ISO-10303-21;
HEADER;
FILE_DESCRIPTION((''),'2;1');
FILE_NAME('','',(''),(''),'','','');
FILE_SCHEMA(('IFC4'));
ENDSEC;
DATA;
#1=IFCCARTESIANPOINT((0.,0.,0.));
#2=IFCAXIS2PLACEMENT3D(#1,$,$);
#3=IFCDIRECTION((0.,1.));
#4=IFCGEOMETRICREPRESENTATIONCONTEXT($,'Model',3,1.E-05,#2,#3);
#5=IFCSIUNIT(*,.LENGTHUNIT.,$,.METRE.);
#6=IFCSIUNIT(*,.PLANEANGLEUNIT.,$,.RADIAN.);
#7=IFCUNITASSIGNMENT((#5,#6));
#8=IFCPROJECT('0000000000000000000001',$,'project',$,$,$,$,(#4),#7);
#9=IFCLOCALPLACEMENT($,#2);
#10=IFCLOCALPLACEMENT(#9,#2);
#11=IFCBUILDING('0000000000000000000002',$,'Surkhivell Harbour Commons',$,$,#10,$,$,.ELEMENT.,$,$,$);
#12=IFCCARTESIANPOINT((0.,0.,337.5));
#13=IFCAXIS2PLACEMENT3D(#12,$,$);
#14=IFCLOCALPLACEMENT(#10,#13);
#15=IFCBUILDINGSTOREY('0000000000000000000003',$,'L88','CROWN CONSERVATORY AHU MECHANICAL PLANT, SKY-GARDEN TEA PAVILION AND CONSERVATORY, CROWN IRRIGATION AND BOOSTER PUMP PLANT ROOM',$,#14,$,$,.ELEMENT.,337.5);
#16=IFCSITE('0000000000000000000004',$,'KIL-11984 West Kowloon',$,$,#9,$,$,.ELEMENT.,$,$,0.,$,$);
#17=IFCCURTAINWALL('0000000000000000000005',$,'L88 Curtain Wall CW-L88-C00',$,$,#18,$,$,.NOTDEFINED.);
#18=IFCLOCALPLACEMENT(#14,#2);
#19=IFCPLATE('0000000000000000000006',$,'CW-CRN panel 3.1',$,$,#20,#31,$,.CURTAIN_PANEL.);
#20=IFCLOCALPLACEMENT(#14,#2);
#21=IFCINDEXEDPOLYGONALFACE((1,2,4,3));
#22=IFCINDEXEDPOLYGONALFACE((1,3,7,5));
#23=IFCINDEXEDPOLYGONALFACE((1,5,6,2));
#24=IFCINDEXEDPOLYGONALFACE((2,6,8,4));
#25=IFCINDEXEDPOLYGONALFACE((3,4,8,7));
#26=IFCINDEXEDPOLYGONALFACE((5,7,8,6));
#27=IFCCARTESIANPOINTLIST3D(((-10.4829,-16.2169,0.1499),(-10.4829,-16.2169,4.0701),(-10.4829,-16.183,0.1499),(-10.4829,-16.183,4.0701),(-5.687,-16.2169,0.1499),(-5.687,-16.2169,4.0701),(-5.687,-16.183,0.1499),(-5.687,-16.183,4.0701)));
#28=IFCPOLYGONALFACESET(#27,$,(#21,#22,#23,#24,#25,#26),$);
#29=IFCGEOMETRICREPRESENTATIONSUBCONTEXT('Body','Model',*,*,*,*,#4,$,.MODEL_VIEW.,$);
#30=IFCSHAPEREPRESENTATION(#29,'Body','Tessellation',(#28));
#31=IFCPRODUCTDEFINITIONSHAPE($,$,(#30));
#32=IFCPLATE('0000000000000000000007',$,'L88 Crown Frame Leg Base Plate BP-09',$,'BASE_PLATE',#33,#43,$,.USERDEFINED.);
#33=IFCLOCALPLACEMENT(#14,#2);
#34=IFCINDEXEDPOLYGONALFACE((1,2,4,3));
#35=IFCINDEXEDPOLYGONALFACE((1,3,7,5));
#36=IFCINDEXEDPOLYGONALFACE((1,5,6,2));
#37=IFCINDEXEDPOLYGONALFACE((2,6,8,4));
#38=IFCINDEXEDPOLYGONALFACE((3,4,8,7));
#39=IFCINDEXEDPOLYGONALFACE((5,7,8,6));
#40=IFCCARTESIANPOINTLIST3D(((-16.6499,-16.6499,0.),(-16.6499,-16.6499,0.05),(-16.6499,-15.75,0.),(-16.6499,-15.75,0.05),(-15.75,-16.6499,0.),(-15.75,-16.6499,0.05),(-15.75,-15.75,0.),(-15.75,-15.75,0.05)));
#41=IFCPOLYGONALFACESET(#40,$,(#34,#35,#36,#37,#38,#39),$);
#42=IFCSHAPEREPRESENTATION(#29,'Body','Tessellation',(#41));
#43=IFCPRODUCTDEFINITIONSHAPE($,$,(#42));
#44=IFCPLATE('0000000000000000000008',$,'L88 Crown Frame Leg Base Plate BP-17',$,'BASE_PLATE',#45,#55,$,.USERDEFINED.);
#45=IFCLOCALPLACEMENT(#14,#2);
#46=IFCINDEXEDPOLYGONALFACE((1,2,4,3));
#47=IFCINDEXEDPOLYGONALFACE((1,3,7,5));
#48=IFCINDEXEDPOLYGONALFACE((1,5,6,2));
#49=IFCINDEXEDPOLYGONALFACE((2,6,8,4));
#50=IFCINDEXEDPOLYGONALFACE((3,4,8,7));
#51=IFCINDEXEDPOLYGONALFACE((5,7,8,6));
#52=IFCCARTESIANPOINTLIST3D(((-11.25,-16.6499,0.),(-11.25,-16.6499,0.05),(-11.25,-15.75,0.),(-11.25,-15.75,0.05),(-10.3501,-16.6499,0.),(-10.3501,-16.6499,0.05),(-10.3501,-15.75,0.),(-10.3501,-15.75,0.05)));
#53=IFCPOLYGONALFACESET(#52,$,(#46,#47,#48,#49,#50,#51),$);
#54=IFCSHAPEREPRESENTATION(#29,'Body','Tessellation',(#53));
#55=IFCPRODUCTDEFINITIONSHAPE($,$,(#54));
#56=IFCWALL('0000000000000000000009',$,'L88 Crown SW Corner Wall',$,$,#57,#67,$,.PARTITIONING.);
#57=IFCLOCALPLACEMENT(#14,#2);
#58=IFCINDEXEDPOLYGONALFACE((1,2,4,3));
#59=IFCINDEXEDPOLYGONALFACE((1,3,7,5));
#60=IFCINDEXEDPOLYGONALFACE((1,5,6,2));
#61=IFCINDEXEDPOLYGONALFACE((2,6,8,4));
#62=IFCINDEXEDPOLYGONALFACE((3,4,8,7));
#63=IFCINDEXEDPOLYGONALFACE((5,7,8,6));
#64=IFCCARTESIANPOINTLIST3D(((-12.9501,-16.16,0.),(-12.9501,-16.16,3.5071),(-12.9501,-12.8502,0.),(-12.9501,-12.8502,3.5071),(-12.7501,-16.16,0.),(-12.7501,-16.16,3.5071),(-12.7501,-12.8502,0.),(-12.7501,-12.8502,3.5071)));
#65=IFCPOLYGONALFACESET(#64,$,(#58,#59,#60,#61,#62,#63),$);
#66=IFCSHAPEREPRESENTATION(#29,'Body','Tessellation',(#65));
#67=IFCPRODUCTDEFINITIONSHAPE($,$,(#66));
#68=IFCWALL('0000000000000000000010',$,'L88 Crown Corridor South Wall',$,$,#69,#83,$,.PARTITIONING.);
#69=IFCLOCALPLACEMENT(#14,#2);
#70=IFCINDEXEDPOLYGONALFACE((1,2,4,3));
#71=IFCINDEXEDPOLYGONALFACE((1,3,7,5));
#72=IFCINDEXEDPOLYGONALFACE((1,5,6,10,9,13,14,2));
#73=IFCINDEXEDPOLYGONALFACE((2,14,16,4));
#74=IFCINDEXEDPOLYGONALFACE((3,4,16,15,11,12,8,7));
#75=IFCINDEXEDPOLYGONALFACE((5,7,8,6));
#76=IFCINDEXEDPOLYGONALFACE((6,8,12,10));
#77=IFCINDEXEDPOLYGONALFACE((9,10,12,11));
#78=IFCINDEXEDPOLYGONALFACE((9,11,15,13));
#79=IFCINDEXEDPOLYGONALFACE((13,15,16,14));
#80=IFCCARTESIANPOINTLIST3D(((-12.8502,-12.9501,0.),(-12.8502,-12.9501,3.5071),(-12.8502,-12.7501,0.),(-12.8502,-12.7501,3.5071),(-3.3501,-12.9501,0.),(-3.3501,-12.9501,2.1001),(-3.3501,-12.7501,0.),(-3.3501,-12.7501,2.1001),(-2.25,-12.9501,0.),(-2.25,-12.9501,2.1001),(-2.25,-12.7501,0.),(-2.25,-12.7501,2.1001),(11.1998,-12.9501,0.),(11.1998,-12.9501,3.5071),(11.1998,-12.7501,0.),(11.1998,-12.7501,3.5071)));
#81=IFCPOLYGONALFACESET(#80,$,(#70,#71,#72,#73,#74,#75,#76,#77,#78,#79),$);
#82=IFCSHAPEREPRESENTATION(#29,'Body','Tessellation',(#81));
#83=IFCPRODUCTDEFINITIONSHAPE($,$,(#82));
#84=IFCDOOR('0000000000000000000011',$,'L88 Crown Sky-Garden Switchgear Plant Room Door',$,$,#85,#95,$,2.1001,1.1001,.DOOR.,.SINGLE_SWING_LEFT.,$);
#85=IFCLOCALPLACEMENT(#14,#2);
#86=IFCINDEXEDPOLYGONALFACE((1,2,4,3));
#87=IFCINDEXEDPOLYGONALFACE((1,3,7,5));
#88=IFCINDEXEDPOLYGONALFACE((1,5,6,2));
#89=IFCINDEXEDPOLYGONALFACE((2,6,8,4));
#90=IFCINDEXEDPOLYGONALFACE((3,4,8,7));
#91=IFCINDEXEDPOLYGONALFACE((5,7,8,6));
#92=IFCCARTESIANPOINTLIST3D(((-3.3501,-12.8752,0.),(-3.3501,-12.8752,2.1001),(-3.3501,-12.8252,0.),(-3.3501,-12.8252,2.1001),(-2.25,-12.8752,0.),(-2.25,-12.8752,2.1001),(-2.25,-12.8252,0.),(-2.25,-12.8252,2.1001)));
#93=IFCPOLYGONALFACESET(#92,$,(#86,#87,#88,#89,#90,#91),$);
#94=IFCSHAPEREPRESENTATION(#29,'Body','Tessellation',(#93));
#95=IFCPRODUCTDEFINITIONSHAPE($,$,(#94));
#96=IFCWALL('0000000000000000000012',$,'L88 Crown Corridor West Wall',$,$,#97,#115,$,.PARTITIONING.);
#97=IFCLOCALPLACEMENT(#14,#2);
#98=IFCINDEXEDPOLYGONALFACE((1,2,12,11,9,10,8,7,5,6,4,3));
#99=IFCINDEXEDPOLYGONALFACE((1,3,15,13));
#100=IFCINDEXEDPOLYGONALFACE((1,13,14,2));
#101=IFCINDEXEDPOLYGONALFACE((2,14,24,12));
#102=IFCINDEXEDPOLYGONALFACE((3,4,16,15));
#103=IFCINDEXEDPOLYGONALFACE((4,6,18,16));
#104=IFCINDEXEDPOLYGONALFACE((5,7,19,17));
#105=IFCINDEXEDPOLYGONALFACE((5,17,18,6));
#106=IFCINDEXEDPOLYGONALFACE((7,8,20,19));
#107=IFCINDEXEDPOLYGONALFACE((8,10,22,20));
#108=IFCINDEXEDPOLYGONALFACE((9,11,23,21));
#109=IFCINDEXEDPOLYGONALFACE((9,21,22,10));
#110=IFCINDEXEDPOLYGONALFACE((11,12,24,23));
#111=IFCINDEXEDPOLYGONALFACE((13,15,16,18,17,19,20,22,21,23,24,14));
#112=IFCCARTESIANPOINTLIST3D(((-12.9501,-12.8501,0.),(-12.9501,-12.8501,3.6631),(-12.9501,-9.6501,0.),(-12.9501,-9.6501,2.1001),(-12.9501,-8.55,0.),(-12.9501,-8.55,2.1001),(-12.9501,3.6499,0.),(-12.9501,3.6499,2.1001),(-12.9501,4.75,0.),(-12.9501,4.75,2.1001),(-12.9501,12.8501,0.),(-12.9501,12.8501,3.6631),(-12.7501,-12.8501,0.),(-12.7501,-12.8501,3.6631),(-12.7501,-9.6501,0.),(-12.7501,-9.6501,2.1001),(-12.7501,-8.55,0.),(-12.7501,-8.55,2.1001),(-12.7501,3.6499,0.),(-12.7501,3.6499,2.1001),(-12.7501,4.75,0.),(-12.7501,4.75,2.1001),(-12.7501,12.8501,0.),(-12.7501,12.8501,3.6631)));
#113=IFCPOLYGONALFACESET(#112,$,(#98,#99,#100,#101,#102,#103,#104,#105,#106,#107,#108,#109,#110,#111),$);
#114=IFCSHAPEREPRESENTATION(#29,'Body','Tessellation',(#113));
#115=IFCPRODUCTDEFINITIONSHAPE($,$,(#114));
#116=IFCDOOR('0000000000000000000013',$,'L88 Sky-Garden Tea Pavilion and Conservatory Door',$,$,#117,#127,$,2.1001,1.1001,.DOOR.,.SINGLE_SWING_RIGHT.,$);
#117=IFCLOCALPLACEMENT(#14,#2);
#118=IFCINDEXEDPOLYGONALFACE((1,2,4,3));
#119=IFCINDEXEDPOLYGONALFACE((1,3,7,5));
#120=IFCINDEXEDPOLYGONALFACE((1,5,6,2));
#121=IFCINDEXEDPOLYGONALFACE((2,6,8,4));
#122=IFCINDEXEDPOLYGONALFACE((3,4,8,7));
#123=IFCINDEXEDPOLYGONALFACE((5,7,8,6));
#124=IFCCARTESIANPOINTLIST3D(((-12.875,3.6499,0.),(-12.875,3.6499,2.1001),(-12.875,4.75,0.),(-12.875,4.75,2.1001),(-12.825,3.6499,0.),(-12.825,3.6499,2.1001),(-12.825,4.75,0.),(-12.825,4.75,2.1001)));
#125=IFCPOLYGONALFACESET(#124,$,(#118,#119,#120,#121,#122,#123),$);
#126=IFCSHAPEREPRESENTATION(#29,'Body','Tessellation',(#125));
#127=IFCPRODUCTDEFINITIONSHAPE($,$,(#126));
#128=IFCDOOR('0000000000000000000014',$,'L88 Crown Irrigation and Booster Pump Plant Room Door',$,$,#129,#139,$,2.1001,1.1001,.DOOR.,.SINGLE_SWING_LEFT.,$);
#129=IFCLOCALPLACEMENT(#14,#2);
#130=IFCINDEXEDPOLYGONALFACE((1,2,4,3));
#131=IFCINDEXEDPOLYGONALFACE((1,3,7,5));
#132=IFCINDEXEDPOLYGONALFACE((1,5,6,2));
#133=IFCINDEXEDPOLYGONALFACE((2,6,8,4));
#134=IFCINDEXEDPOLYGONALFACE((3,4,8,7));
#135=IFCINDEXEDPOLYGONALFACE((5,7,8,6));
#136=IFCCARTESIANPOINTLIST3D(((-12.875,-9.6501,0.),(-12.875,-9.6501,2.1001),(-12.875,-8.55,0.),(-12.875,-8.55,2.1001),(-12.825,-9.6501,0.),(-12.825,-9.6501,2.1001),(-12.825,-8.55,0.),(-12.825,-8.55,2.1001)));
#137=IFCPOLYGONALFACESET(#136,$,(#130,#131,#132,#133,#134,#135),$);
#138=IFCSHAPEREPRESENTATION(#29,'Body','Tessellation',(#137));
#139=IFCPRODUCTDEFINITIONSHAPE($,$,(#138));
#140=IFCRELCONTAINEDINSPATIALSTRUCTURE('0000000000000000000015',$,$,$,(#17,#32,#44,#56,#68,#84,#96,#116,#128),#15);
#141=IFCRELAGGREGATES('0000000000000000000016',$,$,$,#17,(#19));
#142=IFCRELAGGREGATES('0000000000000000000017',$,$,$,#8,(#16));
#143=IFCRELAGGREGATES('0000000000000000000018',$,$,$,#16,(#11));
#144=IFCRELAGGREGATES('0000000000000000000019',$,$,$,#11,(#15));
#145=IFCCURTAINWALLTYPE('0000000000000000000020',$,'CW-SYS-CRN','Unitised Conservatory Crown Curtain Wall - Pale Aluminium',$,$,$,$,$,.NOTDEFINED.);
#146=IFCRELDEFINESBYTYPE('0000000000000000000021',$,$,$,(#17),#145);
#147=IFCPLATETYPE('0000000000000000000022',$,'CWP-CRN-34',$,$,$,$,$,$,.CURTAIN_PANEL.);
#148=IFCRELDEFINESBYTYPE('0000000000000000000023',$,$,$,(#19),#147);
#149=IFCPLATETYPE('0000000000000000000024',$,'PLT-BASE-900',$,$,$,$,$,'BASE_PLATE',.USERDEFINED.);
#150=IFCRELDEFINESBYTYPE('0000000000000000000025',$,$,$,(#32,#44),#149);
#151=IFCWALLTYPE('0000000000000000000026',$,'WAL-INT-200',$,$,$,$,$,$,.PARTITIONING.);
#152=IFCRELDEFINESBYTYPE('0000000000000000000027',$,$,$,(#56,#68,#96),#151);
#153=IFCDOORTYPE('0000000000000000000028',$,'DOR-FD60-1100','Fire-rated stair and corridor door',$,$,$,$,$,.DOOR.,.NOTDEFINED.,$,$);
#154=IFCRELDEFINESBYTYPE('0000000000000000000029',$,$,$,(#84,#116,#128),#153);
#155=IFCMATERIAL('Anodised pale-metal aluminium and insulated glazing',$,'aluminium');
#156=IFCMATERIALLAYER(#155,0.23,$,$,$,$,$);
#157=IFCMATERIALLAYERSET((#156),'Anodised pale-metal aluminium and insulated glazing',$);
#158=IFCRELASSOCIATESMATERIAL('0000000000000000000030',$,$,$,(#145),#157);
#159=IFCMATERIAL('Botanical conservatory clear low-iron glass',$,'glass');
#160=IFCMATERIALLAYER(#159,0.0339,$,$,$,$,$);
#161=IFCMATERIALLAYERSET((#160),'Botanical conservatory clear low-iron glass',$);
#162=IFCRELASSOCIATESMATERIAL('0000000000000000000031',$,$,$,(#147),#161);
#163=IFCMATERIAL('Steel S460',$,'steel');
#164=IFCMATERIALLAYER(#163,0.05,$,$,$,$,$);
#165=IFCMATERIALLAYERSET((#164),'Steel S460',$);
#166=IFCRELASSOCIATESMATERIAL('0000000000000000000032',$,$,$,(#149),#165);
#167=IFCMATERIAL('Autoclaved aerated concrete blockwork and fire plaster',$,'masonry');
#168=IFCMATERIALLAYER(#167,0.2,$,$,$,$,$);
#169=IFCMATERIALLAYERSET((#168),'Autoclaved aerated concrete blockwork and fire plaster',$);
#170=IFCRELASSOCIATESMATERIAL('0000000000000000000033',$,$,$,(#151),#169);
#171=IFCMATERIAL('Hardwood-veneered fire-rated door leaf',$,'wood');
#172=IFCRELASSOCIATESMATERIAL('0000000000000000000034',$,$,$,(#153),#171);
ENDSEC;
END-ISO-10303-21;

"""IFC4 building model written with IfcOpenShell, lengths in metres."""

from ifc_helpers import new_model, si_unit, direction, frame, frame_2d, origin, origin_2d, place, context, subcontext, project, spatial, rectangle, extrude, material, layer, layer_set, type_object, element, fill, aggregate, save


model = new_model("IFC4")

# Units and contexts
model_context = context("Model", 3, precision=1e-05, world=origin(), true_north=direction((0.0, 1.0)))
body_context = subcontext(model_context, "Body", "Model", "MODEL_VIEW")
ifc_project = project(units=[si_unit("LENGTHUNIT", "METRE"), si_unit("PLANEANGLEUNIT", "RADIAN")], contexts=[model_context])

# Site, building, storey
site_placement = place(None, origin())
site = spatial("IfcSite", under=ifc_project, at=site_placement, Name="KIL-11984 West Kowloon", CompositionType="ELEMENT", RefElevation=0.0)
building_placement = place(site_placement, origin())
building = spatial("IfcBuilding", under=site, at=building_placement, Name="Surkhivell Harbour Commons", CompositionType="ELEMENT")
storey_placement = place(building_placement, frame((0.0, 0.0, 337.5)))
storey = spatial("IfcBuildingStorey", under=building, at=storey_placement, Name="L88", Description="CROWN CONSERVATORY AHU MECHANICAL PLANT, SKY-GARDEN TEA PAVILION AND CONSERVATORY, CROWN IRRIGATION AND BOOSTER PUMP PLANT ROOM", CompositionType="ELEMENT", Elevation=337.5)

# Shared definitions
ifc_material_1 = material(Name="Steel S460", Category="steel")

# Curtain wall, plate
ifc_material_2 = material(Name="Anodised pale-metal aluminium and insulated glazing", Category="aluminium")
ifc_layer_1 = layer(ifc_material_2, 0.23)
ifc_layer_set_1 = layer_set([ifc_layer_1], Name="Anodised pale-metal aluminium and insulated glazing")
curtain_wall_type = type_object("IfcCurtainWallType", Name="CW-SYS-CRN", Description="Unitised Conservatory Crown Curtain Wall - Pale Aluminium", PredefinedType="NOTDEFINED", material=ifc_layer_set_1)
curtain_wall_placement = place(storey_placement, origin())
curtain_wall = element("IfcCurtainWall", 1, at=curtain_wall_placement, inside=storey, type_object=curtain_wall_type, Name="L88 Curtain Wall CW-L88-C00", PredefinedType="NOTDEFINED")
ifc_material_3 = material(Name="Botanical conservatory clear low-iron glass", Category="glass")
ifc_layer_2 = layer(ifc_material_3, 0.0339)
ifc_layer_set_2 = layer_set([ifc_layer_2], Name="Botanical conservatory clear low-iron glass")
plate_type_1 = type_object("IfcPlateType", Name="CWP-CRN-34", PredefinedType="CURTAIN_PANEL", material=ifc_layer_set_2)
plate_1_placement = place(storey_placement, frame((-10.4829, -16.2, 0.1499), z_axis=(0.0, 0.0, 1.0), x_axis=(1.0, 0.0, 0.0)))
plate_1 = element("IfcPlate", 2, at=plate_1_placement, type_object=plate_type_1, Name="CW-CRN panel 3.1", PredefinedType="CURTAIN_PANEL", context=body_context, shape_type="SweptSolid", body=[
    extrude(rectangle(XDim=4.7959, YDim=0.0339, at=frame_2d((2.3979, 0.0))), origin(), (0.0, 0.0, 1.0), 3.9202),
])
aggregate(curtain_wall, [plate_1])

# Plates
ifc_layer_3 = layer(ifc_material_1, 0.05)
ifc_layer_set_3 = layer_set([ifc_layer_3], Name="Steel S460")
plate_type_2 = type_object("IfcPlateType", Name="PLT-BASE-900", ElementType="BASE_PLATE", PredefinedType="USERDEFINED", material=ifc_layer_set_3)
for number, where, z_axis, x_axis, name in (
    (3, (-16.2, -16.2, 0.0), (0.0, 0.0, 1.0), (1.0, 0.0, 0.0), "L88 Crown Frame Leg Base Plate BP-09"),
    (4, (-10.8, -16.2, 0.0), (0.0, 0.0, 1.0), (1.0, 0.0, 0.0), "L88 Crown Frame Leg Base Plate BP-17"),
):
    element("IfcPlate", number, at=place(storey_placement, frame(where, z_axis=z_axis, x_axis=x_axis)), inside=storey, type_object=plate_type_2, Name=name, ObjectType="BASE_PLATE", PredefinedType="USERDEFINED", context=body_context, shape_type="SweptSolid", body=[
        extrude(rectangle(XDim=0.8999, YDim=0.8999, at=origin_2d()), origin(), (0.0, 0.0, 1.0), 0.05),
    ])

# Wall
ifc_material_4 = material(Name="Autoclaved aerated concrete blockwork and fire plaster", Category="masonry")
ifc_layer_4 = layer(ifc_material_4, 0.2)
ifc_layer_set_4 = layer_set([ifc_layer_4], Name="Autoclaved aerated concrete blockwork and fire plaster")
wall_type = type_object("IfcWallType", Name="WAL-INT-200", PredefinedType="PARTITIONING", material=ifc_layer_set_4)
wall_1_placement = place(storey_placement, frame((-12.8501, -16.1599, 0.0), z_axis=(0.0, 0.0, 1.0), x_axis=(0.0, 1.0, 0.0)))
element("IfcWall", 5, at=wall_1_placement, inside=storey, type_object=wall_type, Name="L88 Crown SW Corner Wall", PredefinedType="PARTITIONING", context=body_context, shape_type="SweptSolid", body=[
    extrude(rectangle(XDim=3.3098, YDim=0.2, at=frame_2d((1.6548, 0.0))), origin(), (0.0, 0.0, 1.0), 3.5071),
])

# Wall, opening, door
wall_2_placement = place(storey_placement, frame((-12.8501, -12.8501, 0.0), z_axis=(0.0, 0.0, 1.0), x_axis=(1.0, 0.0, 0.0)))
wall_2 = element("IfcWall", 6, at=wall_2_placement, inside=storey, type_object=wall_type, Name="L88 Crown Corridor South Wall", PredefinedType="PARTITIONING", context=body_context, shape_type="SweptSolid", body=[
    extrude(rectangle(XDim=24.05, YDim=0.2, at=frame_2d((12.0249, 0.0))), origin(), (0.0, 0.0, 1.0), 3.5071),
])
opening_1_placement = place(wall_2_placement, frame((9.5, 0.0, 0.0)))
opening_1 = element("IfcOpeningElement", 7, at=opening_1_placement, cuts=wall_2, PredefinedType="OPENING", context=body_context, shape_type="SweptSolid", body=[
    extrude(rectangle(XDim=1.1001, YDim=2.1001, at=frame_2d((0.55, 1.05))), frame((0.0, 0.1099, 0.0), z_axis=(0.0, -1.0, 0.0), x_axis=(1.0, 0.0, 0.0)), (0.0, 0.0, 1.0), 0.22),
])
ifc_material_5 = material(Name="Hardwood-veneered fire-rated door leaf", Category="wood")
door_type = type_object("IfcDoorType", Name="DOR-FD60-1100", Description="Fire-rated stair and corridor door", OperationType="NOTDEFINED", PredefinedType="DOOR", material=ifc_material_5)
door_1_placement = place(opening_1_placement, origin())
door_1 = element("IfcDoor", 8, at=door_1_placement, inside=storey, type_object=door_type, Name="L88 Crown Sky-Garden Switchgear Plant Room Door", OperationType="SINGLE_SWING_LEFT", OverallHeight=2.1001, OverallWidth=1.1001, PredefinedType="DOOR", context=body_context, shape_type="SweptSolid", body=[
    extrude(rectangle(XDim=1.1001, YDim=2.1001, at=frame_2d((0.55, 1.05))), frame((0.0, 0.0249, 0.0), z_axis=(0.0, -1.0, 0.0), x_axis=(1.0, 0.0, 0.0)), (0.0, 0.0, 1.0), 0.05),
])
fill(opening_1, door_1)

# Wall, openings, doors
wall_3_placement = place(storey_placement, frame((-12.8501, -12.8501, 0.0), z_axis=(0.0, 0.0, 1.0), x_axis=(0.0, 1.0, 0.0)))
wall_3 = element("IfcWall", 9, at=wall_3_placement, inside=storey, type_object=wall_type, Name="L88 Crown Corridor West Wall", PredefinedType="PARTITIONING", context=body_context, shape_type="SweptSolid", body=[
    extrude(rectangle(XDim=25.7002, YDim=0.2, at=frame_2d((12.8501, 0.0))), origin(), (0.0, 0.0, 1.0), 3.6631),
])
opening_2_placement = place(wall_3_placement, frame((16.5, 0.0, 0.0)))
opening_2 = element("IfcOpeningElement", 10, at=opening_2_placement, cuts=wall_3, PredefinedType="OPENING", context=body_context, shape_type="SweptSolid", body=[
    extrude(rectangle(XDim=1.1001, YDim=2.1001, at=frame_2d((0.55, 1.05))), frame((0.0, 0.1099, 0.0), z_axis=(0.0, -1.0, 0.0), x_axis=(1.0, 0.0, 0.0)), (0.0, 0.0, 1.0), 0.22),
])
opening_3_placement = place(wall_3_placement, frame((3.2, 0.0, 0.0)))
opening_3 = element("IfcOpeningElement", 11, at=opening_3_placement, cuts=wall_3, PredefinedType="OPENING", context=body_context, shape_type="SweptSolid", body=[
    extrude(rectangle(XDim=1.1001, YDim=2.1001, at=frame_2d((0.55, 1.05))), frame((0.0, 0.1099, 0.0), z_axis=(0.0, -1.0, 0.0), x_axis=(1.0, 0.0, 0.0)), (0.0, 0.0, 1.0), 0.22),
])
door_2_placement = place(opening_2_placement, origin())
door_2 = element("IfcDoor", 12, at=door_2_placement, inside=storey, type_object=door_type, Name="L88 Sky-Garden Tea Pavilion and Conservatory Door", OperationType="SINGLE_SWING_RIGHT", OverallHeight=2.1001, OverallWidth=1.1001, PredefinedType="DOOR", context=body_context, shape_type="SweptSolid", body=[
    extrude(rectangle(XDim=1.1001, YDim=2.1001, at=frame_2d((0.55, 1.05))), frame((0.0, 0.0249, 0.0), z_axis=(0.0, -1.0, 0.0), x_axis=(1.0, 0.0, 0.0)), (0.0, 0.0, 1.0), 0.05),
])
fill(opening_2, door_2)
door_3_placement = place(opening_3_placement, origin())
door_3 = element("IfcDoor", 13, at=door_3_placement, inside=storey, type_object=door_type, Name="L88 Crown Irrigation and Booster Pump Plant Room Door", OperationType="SINGLE_SWING_LEFT", OverallHeight=2.1001, OverallWidth=1.1001, PredefinedType="DOOR", context=body_context, shape_type="SweptSolid", body=[
    extrude(rectangle(XDim=1.1001, YDim=2.1001, at=frame_2d((0.55, 1.05))), frame((0.0, 0.0249, 0.0), z_axis=(0.0, -1.0, 0.0), x_axis=(1.0, 0.0, 0.0)), (0.0, 0.0, 1.0), 0.05),
])
fill(opening_3, door_3)

save(model, "model.ifc")
